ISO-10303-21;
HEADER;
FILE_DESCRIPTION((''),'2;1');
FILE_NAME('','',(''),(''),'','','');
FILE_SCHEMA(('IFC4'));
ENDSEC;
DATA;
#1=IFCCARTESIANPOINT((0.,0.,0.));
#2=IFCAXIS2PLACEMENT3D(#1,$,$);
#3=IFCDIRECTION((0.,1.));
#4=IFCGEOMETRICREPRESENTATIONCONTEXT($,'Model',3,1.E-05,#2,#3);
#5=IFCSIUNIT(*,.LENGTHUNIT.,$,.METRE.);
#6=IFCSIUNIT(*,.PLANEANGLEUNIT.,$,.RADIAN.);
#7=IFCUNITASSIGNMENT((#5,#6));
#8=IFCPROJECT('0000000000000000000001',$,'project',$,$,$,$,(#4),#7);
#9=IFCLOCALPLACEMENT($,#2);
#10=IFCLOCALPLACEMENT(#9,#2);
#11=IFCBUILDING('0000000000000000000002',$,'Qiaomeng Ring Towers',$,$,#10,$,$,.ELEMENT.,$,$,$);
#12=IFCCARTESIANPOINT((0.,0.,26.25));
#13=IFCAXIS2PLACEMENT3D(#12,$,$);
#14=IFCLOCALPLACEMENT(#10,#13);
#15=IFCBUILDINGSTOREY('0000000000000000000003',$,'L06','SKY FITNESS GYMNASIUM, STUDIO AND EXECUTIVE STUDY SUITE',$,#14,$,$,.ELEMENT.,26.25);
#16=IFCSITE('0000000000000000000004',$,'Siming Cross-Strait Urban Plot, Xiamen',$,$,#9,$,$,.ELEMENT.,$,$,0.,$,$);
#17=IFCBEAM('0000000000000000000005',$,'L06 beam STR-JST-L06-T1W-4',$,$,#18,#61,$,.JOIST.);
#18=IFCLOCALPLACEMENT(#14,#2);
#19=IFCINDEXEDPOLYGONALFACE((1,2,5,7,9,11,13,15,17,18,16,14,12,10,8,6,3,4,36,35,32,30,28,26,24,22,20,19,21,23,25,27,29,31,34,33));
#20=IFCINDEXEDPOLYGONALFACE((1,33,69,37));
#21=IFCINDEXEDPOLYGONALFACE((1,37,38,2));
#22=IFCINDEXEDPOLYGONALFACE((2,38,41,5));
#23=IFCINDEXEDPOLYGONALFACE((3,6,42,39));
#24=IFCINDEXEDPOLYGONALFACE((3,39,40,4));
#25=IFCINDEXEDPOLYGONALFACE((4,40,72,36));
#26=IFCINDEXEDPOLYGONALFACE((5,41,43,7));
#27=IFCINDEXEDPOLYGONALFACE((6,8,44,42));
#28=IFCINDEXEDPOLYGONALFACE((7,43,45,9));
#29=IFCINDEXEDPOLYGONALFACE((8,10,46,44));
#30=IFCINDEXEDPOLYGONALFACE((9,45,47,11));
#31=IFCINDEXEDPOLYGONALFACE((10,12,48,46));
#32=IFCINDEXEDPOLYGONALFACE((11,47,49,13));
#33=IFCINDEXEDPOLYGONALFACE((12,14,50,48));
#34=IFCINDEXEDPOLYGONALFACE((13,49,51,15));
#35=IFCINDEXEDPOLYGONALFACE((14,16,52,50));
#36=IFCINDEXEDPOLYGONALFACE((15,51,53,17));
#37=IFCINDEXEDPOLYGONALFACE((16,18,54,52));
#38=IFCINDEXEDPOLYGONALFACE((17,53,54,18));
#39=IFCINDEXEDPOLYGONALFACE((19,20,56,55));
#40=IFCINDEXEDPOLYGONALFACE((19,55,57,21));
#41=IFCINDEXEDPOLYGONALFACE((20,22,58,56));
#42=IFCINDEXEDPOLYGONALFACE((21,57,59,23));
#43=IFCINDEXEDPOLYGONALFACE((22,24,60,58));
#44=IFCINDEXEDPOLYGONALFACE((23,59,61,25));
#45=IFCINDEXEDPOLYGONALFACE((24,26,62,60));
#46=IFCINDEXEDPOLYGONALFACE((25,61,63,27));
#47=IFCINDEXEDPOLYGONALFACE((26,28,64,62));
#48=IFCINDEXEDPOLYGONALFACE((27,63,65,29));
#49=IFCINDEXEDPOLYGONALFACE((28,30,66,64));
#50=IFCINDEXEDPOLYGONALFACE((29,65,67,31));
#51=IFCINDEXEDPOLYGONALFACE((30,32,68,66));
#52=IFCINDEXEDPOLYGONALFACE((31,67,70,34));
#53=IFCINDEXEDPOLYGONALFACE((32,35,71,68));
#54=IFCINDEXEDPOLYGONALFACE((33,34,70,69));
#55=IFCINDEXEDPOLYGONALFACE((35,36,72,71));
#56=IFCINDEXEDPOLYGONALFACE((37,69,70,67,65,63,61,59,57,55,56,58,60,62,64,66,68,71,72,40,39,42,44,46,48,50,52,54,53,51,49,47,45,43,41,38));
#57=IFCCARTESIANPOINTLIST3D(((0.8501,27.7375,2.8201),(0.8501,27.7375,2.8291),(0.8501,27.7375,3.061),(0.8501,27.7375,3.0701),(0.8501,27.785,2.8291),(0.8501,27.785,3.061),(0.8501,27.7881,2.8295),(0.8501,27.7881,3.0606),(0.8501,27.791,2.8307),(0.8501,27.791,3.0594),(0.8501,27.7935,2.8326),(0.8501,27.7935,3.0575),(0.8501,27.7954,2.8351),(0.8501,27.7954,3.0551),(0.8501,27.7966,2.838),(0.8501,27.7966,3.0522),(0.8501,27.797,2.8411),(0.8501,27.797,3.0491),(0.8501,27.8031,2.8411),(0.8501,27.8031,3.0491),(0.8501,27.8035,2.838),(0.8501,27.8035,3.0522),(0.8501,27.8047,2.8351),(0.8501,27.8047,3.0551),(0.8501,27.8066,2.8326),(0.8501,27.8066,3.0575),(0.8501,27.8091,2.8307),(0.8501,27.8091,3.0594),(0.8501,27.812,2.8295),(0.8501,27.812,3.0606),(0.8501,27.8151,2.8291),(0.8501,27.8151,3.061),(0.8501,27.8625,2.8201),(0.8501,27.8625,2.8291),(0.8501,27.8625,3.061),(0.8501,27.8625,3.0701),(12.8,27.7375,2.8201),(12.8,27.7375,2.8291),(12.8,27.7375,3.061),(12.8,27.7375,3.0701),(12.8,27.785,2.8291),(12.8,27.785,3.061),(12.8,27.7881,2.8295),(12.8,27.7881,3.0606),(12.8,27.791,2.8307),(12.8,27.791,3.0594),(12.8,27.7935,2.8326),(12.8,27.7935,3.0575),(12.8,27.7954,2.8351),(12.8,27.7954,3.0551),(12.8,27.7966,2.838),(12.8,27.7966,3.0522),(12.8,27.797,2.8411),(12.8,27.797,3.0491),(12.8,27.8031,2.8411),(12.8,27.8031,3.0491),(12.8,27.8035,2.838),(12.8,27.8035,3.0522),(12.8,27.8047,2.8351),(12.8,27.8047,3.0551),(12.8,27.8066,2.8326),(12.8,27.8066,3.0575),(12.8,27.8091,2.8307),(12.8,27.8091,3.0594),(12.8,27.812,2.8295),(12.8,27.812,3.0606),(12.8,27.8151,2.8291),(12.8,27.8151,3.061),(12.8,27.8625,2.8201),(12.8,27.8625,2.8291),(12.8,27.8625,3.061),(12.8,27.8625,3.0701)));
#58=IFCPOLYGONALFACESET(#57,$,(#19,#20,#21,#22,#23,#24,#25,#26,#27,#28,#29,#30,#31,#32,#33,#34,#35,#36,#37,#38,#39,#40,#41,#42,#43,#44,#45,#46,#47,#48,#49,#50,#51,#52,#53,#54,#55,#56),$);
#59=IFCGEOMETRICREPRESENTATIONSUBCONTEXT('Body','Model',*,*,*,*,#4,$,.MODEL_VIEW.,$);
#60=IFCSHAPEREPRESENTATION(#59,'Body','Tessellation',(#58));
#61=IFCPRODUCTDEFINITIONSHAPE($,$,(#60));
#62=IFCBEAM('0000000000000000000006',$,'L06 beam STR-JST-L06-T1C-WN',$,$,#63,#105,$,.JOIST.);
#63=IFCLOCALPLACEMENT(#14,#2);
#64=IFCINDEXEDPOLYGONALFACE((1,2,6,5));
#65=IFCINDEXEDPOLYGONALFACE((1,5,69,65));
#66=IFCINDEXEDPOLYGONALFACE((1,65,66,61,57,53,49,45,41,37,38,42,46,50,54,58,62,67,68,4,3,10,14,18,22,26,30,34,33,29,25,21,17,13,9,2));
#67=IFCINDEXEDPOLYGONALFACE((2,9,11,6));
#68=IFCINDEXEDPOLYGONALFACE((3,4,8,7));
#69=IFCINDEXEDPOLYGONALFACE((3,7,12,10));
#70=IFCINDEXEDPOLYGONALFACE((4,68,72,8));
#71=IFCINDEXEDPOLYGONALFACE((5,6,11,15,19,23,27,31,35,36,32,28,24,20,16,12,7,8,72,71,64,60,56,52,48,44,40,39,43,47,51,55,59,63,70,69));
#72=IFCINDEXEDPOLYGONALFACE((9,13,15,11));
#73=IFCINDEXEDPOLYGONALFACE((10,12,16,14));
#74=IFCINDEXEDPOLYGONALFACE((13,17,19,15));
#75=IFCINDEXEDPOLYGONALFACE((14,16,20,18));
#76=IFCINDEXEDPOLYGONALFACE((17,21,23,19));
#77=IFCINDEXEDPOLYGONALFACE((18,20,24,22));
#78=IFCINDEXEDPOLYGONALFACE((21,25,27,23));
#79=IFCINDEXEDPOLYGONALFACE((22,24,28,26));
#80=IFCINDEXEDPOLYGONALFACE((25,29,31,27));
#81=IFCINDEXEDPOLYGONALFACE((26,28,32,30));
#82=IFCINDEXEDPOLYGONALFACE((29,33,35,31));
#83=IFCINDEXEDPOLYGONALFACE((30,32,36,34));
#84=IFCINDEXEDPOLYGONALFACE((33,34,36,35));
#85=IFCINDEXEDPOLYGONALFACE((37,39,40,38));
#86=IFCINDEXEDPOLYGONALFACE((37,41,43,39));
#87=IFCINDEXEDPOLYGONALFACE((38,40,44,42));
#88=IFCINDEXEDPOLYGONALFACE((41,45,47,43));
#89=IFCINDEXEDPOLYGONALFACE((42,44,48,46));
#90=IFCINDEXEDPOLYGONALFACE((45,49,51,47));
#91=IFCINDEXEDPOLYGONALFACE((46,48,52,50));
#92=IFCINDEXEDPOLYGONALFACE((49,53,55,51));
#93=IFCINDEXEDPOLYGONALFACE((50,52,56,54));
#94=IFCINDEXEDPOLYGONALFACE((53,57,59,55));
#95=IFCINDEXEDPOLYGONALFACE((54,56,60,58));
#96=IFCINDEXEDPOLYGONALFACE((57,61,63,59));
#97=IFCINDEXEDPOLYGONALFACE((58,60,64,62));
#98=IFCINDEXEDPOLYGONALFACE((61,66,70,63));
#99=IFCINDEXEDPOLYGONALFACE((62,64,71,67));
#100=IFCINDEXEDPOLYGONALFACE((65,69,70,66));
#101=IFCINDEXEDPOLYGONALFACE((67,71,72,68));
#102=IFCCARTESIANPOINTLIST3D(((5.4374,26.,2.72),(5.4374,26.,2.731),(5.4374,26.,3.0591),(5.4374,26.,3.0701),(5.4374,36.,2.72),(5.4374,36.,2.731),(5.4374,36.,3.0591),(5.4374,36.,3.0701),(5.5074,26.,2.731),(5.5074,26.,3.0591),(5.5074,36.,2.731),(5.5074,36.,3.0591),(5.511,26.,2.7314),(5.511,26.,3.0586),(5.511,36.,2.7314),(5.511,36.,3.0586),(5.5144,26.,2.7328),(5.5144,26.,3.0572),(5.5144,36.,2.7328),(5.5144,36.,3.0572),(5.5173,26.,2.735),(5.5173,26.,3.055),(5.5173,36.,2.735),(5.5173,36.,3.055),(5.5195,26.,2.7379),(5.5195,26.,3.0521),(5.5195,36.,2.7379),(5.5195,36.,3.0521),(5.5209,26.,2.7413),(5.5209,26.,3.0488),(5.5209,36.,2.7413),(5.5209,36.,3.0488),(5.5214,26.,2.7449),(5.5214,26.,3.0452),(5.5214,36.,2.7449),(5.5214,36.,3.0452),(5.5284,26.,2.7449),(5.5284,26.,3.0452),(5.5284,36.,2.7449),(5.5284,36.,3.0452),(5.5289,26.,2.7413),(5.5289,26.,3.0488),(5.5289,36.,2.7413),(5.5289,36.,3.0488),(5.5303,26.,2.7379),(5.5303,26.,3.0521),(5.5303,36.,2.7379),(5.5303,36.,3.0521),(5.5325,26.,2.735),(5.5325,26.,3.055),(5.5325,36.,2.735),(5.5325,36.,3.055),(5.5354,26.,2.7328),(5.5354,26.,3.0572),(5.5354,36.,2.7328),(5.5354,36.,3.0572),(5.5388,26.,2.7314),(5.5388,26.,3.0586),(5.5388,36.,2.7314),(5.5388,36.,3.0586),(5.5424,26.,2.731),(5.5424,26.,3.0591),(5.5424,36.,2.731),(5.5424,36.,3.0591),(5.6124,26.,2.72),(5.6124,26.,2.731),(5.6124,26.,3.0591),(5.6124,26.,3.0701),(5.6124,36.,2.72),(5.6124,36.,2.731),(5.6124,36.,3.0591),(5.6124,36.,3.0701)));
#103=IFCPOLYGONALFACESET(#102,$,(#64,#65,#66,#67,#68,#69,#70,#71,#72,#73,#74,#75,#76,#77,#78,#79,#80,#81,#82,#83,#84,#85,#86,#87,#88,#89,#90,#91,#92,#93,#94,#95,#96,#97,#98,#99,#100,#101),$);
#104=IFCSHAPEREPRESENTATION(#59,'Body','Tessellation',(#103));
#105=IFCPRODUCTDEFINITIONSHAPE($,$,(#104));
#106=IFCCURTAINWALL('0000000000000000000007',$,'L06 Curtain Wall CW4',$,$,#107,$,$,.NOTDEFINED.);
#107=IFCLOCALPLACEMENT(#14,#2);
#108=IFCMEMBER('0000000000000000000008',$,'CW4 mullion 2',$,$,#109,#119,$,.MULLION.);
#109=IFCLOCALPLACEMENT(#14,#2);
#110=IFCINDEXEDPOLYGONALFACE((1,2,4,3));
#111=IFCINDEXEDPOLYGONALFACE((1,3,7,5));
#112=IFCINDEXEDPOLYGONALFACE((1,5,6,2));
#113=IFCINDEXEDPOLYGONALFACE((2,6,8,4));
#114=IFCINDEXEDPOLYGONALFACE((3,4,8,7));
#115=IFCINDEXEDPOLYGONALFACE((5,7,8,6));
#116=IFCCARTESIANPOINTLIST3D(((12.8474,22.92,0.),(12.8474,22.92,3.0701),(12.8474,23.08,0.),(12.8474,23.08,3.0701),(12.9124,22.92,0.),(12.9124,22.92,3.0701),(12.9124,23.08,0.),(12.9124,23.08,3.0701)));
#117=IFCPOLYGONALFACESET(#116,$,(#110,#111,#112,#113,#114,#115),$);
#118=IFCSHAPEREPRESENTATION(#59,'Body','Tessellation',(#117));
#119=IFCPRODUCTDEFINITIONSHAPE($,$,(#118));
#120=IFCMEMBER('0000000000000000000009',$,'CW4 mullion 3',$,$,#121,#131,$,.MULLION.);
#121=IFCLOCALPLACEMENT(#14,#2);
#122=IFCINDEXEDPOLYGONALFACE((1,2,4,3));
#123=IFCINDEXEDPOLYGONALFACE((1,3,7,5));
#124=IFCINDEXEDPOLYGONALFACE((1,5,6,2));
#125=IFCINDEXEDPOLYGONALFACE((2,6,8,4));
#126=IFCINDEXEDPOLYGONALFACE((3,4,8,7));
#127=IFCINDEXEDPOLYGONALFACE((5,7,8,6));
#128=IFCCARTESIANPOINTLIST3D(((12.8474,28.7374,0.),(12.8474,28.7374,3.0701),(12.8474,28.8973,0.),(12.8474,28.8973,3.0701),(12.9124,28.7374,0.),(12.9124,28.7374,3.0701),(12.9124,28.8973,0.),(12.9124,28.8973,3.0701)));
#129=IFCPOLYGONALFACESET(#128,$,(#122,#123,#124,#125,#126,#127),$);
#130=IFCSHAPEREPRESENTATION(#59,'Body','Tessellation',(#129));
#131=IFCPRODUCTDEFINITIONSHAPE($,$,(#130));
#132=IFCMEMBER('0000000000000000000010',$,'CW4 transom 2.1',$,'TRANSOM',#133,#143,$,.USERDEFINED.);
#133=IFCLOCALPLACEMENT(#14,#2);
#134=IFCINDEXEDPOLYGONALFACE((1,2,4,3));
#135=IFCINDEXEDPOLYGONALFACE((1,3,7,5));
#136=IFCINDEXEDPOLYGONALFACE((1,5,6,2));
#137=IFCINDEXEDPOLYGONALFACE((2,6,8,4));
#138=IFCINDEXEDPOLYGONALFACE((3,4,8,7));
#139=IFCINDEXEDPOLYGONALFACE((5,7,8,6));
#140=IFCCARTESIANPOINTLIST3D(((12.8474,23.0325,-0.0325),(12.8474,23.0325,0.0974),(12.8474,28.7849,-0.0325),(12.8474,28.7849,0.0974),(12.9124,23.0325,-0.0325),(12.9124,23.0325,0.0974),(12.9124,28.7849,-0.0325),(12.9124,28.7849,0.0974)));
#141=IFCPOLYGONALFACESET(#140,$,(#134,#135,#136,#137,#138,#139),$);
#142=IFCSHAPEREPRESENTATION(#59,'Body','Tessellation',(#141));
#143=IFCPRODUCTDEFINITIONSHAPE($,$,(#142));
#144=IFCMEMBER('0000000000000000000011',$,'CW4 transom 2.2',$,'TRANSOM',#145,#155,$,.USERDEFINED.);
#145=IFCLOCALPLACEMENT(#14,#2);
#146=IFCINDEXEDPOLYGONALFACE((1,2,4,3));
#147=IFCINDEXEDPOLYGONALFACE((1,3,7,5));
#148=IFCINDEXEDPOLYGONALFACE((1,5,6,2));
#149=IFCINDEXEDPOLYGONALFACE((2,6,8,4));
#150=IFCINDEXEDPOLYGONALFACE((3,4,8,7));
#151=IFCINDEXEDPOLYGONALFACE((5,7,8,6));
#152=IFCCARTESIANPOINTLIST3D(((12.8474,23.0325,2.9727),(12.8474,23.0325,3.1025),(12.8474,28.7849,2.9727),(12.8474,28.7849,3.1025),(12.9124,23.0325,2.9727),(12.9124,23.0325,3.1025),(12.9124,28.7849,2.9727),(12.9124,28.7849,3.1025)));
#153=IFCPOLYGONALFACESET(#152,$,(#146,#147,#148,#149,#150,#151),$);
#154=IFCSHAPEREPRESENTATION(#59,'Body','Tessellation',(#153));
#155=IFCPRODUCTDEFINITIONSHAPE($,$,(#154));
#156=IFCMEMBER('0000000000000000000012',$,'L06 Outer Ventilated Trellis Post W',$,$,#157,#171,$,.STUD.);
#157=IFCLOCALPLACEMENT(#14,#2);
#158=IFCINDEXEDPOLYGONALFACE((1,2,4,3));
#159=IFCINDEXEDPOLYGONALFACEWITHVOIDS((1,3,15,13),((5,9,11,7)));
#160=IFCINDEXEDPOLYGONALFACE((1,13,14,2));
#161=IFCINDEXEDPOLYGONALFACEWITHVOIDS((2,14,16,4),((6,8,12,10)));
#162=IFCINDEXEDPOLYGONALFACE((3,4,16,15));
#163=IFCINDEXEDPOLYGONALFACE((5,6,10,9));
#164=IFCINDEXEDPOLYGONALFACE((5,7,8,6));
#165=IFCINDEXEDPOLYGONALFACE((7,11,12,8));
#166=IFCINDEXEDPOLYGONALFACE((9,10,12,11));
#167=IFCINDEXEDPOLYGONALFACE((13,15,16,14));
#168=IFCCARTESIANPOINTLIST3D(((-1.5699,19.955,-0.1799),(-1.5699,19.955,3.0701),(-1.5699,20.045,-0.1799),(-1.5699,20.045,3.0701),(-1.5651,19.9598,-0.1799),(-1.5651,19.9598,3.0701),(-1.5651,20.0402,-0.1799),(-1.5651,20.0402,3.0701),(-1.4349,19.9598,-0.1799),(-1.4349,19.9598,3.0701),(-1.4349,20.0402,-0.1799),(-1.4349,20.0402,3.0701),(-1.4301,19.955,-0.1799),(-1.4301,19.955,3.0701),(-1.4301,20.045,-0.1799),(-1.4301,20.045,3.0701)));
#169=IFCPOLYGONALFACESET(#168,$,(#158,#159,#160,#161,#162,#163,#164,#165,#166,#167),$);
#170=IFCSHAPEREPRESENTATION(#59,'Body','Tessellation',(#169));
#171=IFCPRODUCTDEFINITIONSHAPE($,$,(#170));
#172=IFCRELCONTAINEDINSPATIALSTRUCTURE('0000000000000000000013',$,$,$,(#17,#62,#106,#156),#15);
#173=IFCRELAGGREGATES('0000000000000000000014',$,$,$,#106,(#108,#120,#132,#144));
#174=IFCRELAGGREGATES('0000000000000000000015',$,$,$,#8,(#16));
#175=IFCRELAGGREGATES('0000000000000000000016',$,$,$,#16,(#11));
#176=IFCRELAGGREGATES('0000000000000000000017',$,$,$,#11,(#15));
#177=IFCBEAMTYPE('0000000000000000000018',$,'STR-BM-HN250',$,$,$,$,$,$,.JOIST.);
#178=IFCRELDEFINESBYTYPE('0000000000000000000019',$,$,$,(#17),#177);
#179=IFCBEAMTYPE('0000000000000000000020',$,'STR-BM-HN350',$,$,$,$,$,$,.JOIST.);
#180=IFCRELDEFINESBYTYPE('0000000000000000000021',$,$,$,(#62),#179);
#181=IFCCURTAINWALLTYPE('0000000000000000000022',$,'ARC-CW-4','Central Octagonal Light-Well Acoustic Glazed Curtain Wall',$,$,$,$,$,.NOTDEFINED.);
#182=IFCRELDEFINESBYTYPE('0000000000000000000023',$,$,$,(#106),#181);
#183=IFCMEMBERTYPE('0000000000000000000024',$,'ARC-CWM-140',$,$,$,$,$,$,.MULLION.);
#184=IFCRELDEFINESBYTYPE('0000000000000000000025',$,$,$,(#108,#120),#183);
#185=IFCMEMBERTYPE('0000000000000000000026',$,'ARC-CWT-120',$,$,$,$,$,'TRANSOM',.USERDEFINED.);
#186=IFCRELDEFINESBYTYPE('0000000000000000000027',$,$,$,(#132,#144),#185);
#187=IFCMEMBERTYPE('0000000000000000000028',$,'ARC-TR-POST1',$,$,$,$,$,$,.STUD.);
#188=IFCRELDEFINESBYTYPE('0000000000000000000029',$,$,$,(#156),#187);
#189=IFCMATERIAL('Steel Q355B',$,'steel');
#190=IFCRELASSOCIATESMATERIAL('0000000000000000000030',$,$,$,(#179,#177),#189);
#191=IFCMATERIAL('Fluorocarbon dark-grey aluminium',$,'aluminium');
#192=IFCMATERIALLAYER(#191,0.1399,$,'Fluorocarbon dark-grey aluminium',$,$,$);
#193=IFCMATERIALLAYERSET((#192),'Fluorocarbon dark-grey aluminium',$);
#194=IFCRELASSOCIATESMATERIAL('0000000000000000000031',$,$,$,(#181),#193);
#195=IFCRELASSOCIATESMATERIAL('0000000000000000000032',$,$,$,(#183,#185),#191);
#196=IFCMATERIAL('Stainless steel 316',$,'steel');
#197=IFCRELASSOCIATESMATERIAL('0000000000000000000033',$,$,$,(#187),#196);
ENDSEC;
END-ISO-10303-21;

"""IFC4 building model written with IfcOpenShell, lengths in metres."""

from ifc_helpers import new_model, si_unit, direction, frame, origin, origin_2d, place, context, subcontext, project, spatial, rectangle, hollow_rectangle, i_section, extrude, source, transform, mapped, material, layer, layer_set, material_profile, profile_set, type_object, element, aggregate, save


model = new_model("IFC4")

# Units and contexts
model_context = context("Model", 3, precision=1e-05, world=origin(), true_north=direction((0.0, 1.0)))
body_context = subcontext(model_context, "Body", "Model", "MODEL_VIEW")
ifc_project = project(units=[si_unit("LENGTHUNIT", "METRE"), si_unit("PLANEANGLEUNIT", "RADIAN")], contexts=[model_context])

# Site, building, storey
site_placement = place(None, origin())
site = spatial("IfcSite", under=ifc_project, at=site_placement, Name="Siming Cross-Strait Urban Plot, Xiamen", CompositionType="ELEMENT", RefElevation=0.0)
building_placement = place(site_placement, origin())
building = spatial("IfcBuilding", under=site, at=building_placement, Name="Qiaomeng Ring Towers", CompositionType="ELEMENT")
storey_placement = place(building_placement, frame((0.0, 0.0, 26.25)))
storey = spatial("IfcBuildingStorey", under=building, at=storey_placement, Name="L06", Description="SKY FITNESS GYMNASIUM, STUDIO AND EXECUTIVE STUDY SUITE", CompositionType="ELEMENT", Elevation=26.25)

# Beams
ifc_material_1 = material(Name="Steel Q355B", Category="steel")
ifc_material_profile_1 = material_profile(ifc_material_1, i_section(OverallWidth=0.175, OverallDepth=0.3501, WebThickness=0.0071, FlangeThickness=0.011, FilletRadius=0.0139, at=origin_2d()), Name="HN 350x175x7x11")
ifc_profile_set_1 = profile_set([ifc_material_profile_1], Name="Steel Q355B")
beam_type_1 = type_object("IfcBeamType", Name="STR-BM-HN350", PredefinedType="JOIST", material=ifc_profile_set_1)
ifc_material_profile_2 = material_profile(ifc_material_1, i_section(OverallWidth=0.125, OverallDepth=0.25, WebThickness=0.0061, FlangeThickness=0.009, FilletRadius=0.012, at=origin_2d()), Name="HN 250x125x6x9")
ifc_profile_set_2 = profile_set([ifc_material_profile_2], Name="Steel Q355B")
beam_type_2 = type_object("IfcBeamType", Name="STR-BM-HN250", PredefinedType="JOIST", material=ifc_profile_set_2)
shared_shape_1 = source(origin(), body_context, "Body", "SweptSolid", [
    extrude(i_section(OverallWidth=0.125, OverallDepth=0.25, WebThickness=0.0061, FlangeThickness=0.009, FilletRadius=0.012, at=origin_2d()), origin(), (0.0, 0.0, 1.0), 11.95),
])
for number, where, z_axis, x_axis, name in (
    (1, (0.8501, 27.8, 2.9451), (1.0, 0.0, 0.0), (0.0, 1.0, 0.0), "L06 beam STR-JST-L06-T1W-4"),
):
    element("IfcBeam", number, at=place(storey_placement, frame(where, z_axis=z_axis, x_axis=x_axis)), inside=storey, type_object=beam_type_2, Name=name, PredefinedType="JOIST", context=body_context, shape_type="MappedRepresentation", body=[
        mapped(shared_shape_1, transform((0.0, 0.0, 0.0), x_axis=(1.0, 0.0, 0.0), y_axis=(0.0, 1.0, 0.0), z_axis=(0.0, 0.0, 1.0), scale=1.0)),
    ])
shared_shape_2 = source(origin(), body_context, "Body", "SweptSolid", [
    extrude(i_section(OverallWidth=0.175, OverallDepth=0.3501, WebThickness=0.0071, FlangeThickness=0.011, FilletRadius=0.0139, at=origin_2d()), origin(), (0.0, 0.0, 1.0), 10.0),
])
beam_1_placement = place(storey_placement, frame((5.5249, 26.0, 2.895), z_axis=(0.0, 1.0, 0.0), x_axis=(-1.0, 0.0, 0.0)))
element("IfcBeam", 2, at=beam_1_placement, inside=storey, type_object=beam_type_1, Name="L06 beam STR-JST-L06-T1C-WN", PredefinedType="JOIST", context=body_context, shape_type="MappedRepresentation", body=[
    mapped(shared_shape_2, transform((0.0, 0.0, 0.0), x_axis=(1.0, 0.0, 0.0), y_axis=(0.0, 1.0, 0.0), z_axis=(0.0, 0.0, 1.0), scale=1.0)),
])

# Curtain wall, members
ifc_material_2 = material(Name="Fluorocarbon dark-grey aluminium", Category="aluminium")
ifc_layer_1 = layer(ifc_material_2, 0.1399, Name="Fluorocarbon dark-grey aluminium")
ifc_layer_set_1 = layer_set([ifc_layer_1], Name="Fluorocarbon dark-grey aluminium")
curtain_wall_type = type_object("IfcCurtainWallType", Name="ARC-CW-4", Description="Central Octagonal Light-Well Acoustic Glazed Curtain Wall", PredefinedType="NOTDEFINED", material=ifc_layer_set_1)
curtain_wall_placement = place(storey_placement, origin())
curtain_wall = element("IfcCurtainWall", 3, at=curtain_wall_placement, inside=storey, type_object=curtain_wall_type, Name="L06 Curtain Wall CW4", PredefinedType="NOTDEFINED")
ifc_material_profile_3 = material_profile(ifc_material_2, rectangle(XDim=0.0649, YDim=0.1599, at=origin_2d()), Name="ALU MULL 65x160")
ifc_profile_set_3 = profile_set([ifc_material_profile_3], Name="Fluorocarbon dark-grey aluminium")
member_type_1 = type_object("IfcMemberType", Name="ARC-CWM-140", PredefinedType="MULLION", material=ifc_profile_set_3)
shared_shape_3 = source(origin(), body_context, "Body", "SweptSolid", [
    extrude(rectangle(XDim=0.0649, YDim=0.1599, at=origin_2d()), origin(), (0.0, 0.0, 1.0), 3.0701),
])
member_1_placement = place(storey_placement, frame((12.8799, 23.0, 0.0), z_axis=(0.0, 0.0, 1.0), x_axis=(-1.0, 0.0, 0.0)))
member_1 = element("IfcMember", 4, at=member_1_placement, type_object=member_type_1, Name="CW4 mullion 2", PredefinedType="MULLION", context=body_context, shape_type="MappedRepresentation", body=[
    mapped(shared_shape_3, transform((0.0, 0.0, 0.0), x_axis=(1.0, 0.0, 0.0), y_axis=(0.0, 1.0, 0.0), z_axis=(0.0, 0.0, 1.0), scale=1.0)),
])
member_2_placement = place(storey_placement, frame((12.8799, 28.8174, 0.0), z_axis=(0.0, 0.0, 1.0), x_axis=(-1.0, 0.0, 0.0)))
member_2 = element("IfcMember", 5, at=member_2_placement, type_object=member_type_1, Name="CW4 mullion 3", PredefinedType="MULLION", context=body_context, shape_type="MappedRepresentation", body=[
    mapped(shared_shape_3, transform((0.0, 0.0, 0.0), x_axis=(1.0, 0.0, 0.0), y_axis=(0.0, 1.0, 0.0), z_axis=(0.0, 0.0, 1.0), scale=1.0)),
])
ifc_material_profile_4 = material_profile(ifc_material_2, rectangle(XDim=0.0649, YDim=0.1299, at=origin_2d()), Name="ALU TRAN 65x130")
ifc_profile_set_4 = profile_set([ifc_material_profile_4], Name="Fluorocarbon dark-grey aluminium")
member_type_2 = type_object("IfcMemberType", Name="ARC-CWT-120", ElementType="TRANSOM", PredefinedType="USERDEFINED", material=ifc_profile_set_4)
shared_shape_4 = source(origin(), body_context, "Body", "SweptSolid", [
    extrude(rectangle(XDim=0.0649, YDim=0.1299, at=origin_2d()), origin(), (0.0, 0.0, 1.0), 5.7524),
])
member_3_placement = place(storey_placement, frame((12.8799, 23.0325, 0.0325), z_axis=(0.0, 1.0, 0.0), x_axis=(-1.0, 0.0, 0.0)))
member_3 = element("IfcMember", 6, at=member_3_placement, type_object=member_type_2, Name="CW4 transom 2.1", ObjectType="TRANSOM", PredefinedType="USERDEFINED", context=body_context, shape_type="MappedRepresentation", body=[
    mapped(shared_shape_4, transform((0.0, 0.0, 0.0), x_axis=(1.0, 0.0, 0.0), y_axis=(0.0, 1.0, 0.0), z_axis=(0.0, 0.0, 1.0), scale=1.0)),
])
member_4_placement = place(storey_placement, frame((12.8799, 23.0325, 3.0376), z_axis=(0.0, 1.0, 0.0), x_axis=(-1.0, 0.0, 0.0)))
member_4 = element("IfcMember", 7, at=member_4_placement, type_object=member_type_2, Name="CW4 transom 2.2", ObjectType="TRANSOM", PredefinedType="USERDEFINED", context=body_context, shape_type="MappedRepresentation", body=[
    mapped(shared_shape_4, transform((0.0, 0.0, 0.0), x_axis=(1.0, 0.0, 0.0), y_axis=(0.0, 1.0, 0.0), z_axis=(0.0, 0.0, 1.0), scale=1.0)),
])

# Member
ifc_material_3 = material(Name="Stainless steel 316", Category="steel")
ifc_material_profile_5 = material_profile(ifc_material_3, hollow_rectangle(XDim=0.0901, YDim=0.1399, WallThickness=0.0049, at=origin_2d()), Name="SS TRELLIS 90x140")
ifc_profile_set_5 = profile_set([ifc_material_profile_5], Name="Stainless steel 316")
member_type_3 = type_object("IfcMemberType", Name="ARC-TR-POST1", PredefinedType="STUD", material=ifc_profile_set_5)
shared_shape_5 = source(origin(), body_context, "Body", "SweptSolid", [
    extrude(hollow_rectangle(XDim=0.0901, YDim=0.1399, WallThickness=0.0049, at=origin_2d()), origin(), (0.0, 0.0, 1.0), 3.25),
])
member_5_placement = place(storey_placement, frame((-1.5, 20.0, -0.1799), z_axis=(0.0, 0.0, 1.0), x_axis=(0.0, 1.0, 0.0)))
element("IfcMember", 8, at=member_5_placement, inside=storey, type_object=member_type_3, Name="L06 Outer Ventilated Trellis Post W", PredefinedType="STUD", context=body_context, shape_type="MappedRepresentation", body=[
    mapped(shared_shape_5, transform((0.0, 0.0, 0.0), x_axis=(1.0, 0.0, 0.0), y_axis=(0.0, 1.0, 0.0), z_axis=(0.0, 0.0, 1.0), scale=1.0)),
])

aggregate(curtain_wall, [member_1, member_2, member_3, member_4])

save(model, "model.ifc")
